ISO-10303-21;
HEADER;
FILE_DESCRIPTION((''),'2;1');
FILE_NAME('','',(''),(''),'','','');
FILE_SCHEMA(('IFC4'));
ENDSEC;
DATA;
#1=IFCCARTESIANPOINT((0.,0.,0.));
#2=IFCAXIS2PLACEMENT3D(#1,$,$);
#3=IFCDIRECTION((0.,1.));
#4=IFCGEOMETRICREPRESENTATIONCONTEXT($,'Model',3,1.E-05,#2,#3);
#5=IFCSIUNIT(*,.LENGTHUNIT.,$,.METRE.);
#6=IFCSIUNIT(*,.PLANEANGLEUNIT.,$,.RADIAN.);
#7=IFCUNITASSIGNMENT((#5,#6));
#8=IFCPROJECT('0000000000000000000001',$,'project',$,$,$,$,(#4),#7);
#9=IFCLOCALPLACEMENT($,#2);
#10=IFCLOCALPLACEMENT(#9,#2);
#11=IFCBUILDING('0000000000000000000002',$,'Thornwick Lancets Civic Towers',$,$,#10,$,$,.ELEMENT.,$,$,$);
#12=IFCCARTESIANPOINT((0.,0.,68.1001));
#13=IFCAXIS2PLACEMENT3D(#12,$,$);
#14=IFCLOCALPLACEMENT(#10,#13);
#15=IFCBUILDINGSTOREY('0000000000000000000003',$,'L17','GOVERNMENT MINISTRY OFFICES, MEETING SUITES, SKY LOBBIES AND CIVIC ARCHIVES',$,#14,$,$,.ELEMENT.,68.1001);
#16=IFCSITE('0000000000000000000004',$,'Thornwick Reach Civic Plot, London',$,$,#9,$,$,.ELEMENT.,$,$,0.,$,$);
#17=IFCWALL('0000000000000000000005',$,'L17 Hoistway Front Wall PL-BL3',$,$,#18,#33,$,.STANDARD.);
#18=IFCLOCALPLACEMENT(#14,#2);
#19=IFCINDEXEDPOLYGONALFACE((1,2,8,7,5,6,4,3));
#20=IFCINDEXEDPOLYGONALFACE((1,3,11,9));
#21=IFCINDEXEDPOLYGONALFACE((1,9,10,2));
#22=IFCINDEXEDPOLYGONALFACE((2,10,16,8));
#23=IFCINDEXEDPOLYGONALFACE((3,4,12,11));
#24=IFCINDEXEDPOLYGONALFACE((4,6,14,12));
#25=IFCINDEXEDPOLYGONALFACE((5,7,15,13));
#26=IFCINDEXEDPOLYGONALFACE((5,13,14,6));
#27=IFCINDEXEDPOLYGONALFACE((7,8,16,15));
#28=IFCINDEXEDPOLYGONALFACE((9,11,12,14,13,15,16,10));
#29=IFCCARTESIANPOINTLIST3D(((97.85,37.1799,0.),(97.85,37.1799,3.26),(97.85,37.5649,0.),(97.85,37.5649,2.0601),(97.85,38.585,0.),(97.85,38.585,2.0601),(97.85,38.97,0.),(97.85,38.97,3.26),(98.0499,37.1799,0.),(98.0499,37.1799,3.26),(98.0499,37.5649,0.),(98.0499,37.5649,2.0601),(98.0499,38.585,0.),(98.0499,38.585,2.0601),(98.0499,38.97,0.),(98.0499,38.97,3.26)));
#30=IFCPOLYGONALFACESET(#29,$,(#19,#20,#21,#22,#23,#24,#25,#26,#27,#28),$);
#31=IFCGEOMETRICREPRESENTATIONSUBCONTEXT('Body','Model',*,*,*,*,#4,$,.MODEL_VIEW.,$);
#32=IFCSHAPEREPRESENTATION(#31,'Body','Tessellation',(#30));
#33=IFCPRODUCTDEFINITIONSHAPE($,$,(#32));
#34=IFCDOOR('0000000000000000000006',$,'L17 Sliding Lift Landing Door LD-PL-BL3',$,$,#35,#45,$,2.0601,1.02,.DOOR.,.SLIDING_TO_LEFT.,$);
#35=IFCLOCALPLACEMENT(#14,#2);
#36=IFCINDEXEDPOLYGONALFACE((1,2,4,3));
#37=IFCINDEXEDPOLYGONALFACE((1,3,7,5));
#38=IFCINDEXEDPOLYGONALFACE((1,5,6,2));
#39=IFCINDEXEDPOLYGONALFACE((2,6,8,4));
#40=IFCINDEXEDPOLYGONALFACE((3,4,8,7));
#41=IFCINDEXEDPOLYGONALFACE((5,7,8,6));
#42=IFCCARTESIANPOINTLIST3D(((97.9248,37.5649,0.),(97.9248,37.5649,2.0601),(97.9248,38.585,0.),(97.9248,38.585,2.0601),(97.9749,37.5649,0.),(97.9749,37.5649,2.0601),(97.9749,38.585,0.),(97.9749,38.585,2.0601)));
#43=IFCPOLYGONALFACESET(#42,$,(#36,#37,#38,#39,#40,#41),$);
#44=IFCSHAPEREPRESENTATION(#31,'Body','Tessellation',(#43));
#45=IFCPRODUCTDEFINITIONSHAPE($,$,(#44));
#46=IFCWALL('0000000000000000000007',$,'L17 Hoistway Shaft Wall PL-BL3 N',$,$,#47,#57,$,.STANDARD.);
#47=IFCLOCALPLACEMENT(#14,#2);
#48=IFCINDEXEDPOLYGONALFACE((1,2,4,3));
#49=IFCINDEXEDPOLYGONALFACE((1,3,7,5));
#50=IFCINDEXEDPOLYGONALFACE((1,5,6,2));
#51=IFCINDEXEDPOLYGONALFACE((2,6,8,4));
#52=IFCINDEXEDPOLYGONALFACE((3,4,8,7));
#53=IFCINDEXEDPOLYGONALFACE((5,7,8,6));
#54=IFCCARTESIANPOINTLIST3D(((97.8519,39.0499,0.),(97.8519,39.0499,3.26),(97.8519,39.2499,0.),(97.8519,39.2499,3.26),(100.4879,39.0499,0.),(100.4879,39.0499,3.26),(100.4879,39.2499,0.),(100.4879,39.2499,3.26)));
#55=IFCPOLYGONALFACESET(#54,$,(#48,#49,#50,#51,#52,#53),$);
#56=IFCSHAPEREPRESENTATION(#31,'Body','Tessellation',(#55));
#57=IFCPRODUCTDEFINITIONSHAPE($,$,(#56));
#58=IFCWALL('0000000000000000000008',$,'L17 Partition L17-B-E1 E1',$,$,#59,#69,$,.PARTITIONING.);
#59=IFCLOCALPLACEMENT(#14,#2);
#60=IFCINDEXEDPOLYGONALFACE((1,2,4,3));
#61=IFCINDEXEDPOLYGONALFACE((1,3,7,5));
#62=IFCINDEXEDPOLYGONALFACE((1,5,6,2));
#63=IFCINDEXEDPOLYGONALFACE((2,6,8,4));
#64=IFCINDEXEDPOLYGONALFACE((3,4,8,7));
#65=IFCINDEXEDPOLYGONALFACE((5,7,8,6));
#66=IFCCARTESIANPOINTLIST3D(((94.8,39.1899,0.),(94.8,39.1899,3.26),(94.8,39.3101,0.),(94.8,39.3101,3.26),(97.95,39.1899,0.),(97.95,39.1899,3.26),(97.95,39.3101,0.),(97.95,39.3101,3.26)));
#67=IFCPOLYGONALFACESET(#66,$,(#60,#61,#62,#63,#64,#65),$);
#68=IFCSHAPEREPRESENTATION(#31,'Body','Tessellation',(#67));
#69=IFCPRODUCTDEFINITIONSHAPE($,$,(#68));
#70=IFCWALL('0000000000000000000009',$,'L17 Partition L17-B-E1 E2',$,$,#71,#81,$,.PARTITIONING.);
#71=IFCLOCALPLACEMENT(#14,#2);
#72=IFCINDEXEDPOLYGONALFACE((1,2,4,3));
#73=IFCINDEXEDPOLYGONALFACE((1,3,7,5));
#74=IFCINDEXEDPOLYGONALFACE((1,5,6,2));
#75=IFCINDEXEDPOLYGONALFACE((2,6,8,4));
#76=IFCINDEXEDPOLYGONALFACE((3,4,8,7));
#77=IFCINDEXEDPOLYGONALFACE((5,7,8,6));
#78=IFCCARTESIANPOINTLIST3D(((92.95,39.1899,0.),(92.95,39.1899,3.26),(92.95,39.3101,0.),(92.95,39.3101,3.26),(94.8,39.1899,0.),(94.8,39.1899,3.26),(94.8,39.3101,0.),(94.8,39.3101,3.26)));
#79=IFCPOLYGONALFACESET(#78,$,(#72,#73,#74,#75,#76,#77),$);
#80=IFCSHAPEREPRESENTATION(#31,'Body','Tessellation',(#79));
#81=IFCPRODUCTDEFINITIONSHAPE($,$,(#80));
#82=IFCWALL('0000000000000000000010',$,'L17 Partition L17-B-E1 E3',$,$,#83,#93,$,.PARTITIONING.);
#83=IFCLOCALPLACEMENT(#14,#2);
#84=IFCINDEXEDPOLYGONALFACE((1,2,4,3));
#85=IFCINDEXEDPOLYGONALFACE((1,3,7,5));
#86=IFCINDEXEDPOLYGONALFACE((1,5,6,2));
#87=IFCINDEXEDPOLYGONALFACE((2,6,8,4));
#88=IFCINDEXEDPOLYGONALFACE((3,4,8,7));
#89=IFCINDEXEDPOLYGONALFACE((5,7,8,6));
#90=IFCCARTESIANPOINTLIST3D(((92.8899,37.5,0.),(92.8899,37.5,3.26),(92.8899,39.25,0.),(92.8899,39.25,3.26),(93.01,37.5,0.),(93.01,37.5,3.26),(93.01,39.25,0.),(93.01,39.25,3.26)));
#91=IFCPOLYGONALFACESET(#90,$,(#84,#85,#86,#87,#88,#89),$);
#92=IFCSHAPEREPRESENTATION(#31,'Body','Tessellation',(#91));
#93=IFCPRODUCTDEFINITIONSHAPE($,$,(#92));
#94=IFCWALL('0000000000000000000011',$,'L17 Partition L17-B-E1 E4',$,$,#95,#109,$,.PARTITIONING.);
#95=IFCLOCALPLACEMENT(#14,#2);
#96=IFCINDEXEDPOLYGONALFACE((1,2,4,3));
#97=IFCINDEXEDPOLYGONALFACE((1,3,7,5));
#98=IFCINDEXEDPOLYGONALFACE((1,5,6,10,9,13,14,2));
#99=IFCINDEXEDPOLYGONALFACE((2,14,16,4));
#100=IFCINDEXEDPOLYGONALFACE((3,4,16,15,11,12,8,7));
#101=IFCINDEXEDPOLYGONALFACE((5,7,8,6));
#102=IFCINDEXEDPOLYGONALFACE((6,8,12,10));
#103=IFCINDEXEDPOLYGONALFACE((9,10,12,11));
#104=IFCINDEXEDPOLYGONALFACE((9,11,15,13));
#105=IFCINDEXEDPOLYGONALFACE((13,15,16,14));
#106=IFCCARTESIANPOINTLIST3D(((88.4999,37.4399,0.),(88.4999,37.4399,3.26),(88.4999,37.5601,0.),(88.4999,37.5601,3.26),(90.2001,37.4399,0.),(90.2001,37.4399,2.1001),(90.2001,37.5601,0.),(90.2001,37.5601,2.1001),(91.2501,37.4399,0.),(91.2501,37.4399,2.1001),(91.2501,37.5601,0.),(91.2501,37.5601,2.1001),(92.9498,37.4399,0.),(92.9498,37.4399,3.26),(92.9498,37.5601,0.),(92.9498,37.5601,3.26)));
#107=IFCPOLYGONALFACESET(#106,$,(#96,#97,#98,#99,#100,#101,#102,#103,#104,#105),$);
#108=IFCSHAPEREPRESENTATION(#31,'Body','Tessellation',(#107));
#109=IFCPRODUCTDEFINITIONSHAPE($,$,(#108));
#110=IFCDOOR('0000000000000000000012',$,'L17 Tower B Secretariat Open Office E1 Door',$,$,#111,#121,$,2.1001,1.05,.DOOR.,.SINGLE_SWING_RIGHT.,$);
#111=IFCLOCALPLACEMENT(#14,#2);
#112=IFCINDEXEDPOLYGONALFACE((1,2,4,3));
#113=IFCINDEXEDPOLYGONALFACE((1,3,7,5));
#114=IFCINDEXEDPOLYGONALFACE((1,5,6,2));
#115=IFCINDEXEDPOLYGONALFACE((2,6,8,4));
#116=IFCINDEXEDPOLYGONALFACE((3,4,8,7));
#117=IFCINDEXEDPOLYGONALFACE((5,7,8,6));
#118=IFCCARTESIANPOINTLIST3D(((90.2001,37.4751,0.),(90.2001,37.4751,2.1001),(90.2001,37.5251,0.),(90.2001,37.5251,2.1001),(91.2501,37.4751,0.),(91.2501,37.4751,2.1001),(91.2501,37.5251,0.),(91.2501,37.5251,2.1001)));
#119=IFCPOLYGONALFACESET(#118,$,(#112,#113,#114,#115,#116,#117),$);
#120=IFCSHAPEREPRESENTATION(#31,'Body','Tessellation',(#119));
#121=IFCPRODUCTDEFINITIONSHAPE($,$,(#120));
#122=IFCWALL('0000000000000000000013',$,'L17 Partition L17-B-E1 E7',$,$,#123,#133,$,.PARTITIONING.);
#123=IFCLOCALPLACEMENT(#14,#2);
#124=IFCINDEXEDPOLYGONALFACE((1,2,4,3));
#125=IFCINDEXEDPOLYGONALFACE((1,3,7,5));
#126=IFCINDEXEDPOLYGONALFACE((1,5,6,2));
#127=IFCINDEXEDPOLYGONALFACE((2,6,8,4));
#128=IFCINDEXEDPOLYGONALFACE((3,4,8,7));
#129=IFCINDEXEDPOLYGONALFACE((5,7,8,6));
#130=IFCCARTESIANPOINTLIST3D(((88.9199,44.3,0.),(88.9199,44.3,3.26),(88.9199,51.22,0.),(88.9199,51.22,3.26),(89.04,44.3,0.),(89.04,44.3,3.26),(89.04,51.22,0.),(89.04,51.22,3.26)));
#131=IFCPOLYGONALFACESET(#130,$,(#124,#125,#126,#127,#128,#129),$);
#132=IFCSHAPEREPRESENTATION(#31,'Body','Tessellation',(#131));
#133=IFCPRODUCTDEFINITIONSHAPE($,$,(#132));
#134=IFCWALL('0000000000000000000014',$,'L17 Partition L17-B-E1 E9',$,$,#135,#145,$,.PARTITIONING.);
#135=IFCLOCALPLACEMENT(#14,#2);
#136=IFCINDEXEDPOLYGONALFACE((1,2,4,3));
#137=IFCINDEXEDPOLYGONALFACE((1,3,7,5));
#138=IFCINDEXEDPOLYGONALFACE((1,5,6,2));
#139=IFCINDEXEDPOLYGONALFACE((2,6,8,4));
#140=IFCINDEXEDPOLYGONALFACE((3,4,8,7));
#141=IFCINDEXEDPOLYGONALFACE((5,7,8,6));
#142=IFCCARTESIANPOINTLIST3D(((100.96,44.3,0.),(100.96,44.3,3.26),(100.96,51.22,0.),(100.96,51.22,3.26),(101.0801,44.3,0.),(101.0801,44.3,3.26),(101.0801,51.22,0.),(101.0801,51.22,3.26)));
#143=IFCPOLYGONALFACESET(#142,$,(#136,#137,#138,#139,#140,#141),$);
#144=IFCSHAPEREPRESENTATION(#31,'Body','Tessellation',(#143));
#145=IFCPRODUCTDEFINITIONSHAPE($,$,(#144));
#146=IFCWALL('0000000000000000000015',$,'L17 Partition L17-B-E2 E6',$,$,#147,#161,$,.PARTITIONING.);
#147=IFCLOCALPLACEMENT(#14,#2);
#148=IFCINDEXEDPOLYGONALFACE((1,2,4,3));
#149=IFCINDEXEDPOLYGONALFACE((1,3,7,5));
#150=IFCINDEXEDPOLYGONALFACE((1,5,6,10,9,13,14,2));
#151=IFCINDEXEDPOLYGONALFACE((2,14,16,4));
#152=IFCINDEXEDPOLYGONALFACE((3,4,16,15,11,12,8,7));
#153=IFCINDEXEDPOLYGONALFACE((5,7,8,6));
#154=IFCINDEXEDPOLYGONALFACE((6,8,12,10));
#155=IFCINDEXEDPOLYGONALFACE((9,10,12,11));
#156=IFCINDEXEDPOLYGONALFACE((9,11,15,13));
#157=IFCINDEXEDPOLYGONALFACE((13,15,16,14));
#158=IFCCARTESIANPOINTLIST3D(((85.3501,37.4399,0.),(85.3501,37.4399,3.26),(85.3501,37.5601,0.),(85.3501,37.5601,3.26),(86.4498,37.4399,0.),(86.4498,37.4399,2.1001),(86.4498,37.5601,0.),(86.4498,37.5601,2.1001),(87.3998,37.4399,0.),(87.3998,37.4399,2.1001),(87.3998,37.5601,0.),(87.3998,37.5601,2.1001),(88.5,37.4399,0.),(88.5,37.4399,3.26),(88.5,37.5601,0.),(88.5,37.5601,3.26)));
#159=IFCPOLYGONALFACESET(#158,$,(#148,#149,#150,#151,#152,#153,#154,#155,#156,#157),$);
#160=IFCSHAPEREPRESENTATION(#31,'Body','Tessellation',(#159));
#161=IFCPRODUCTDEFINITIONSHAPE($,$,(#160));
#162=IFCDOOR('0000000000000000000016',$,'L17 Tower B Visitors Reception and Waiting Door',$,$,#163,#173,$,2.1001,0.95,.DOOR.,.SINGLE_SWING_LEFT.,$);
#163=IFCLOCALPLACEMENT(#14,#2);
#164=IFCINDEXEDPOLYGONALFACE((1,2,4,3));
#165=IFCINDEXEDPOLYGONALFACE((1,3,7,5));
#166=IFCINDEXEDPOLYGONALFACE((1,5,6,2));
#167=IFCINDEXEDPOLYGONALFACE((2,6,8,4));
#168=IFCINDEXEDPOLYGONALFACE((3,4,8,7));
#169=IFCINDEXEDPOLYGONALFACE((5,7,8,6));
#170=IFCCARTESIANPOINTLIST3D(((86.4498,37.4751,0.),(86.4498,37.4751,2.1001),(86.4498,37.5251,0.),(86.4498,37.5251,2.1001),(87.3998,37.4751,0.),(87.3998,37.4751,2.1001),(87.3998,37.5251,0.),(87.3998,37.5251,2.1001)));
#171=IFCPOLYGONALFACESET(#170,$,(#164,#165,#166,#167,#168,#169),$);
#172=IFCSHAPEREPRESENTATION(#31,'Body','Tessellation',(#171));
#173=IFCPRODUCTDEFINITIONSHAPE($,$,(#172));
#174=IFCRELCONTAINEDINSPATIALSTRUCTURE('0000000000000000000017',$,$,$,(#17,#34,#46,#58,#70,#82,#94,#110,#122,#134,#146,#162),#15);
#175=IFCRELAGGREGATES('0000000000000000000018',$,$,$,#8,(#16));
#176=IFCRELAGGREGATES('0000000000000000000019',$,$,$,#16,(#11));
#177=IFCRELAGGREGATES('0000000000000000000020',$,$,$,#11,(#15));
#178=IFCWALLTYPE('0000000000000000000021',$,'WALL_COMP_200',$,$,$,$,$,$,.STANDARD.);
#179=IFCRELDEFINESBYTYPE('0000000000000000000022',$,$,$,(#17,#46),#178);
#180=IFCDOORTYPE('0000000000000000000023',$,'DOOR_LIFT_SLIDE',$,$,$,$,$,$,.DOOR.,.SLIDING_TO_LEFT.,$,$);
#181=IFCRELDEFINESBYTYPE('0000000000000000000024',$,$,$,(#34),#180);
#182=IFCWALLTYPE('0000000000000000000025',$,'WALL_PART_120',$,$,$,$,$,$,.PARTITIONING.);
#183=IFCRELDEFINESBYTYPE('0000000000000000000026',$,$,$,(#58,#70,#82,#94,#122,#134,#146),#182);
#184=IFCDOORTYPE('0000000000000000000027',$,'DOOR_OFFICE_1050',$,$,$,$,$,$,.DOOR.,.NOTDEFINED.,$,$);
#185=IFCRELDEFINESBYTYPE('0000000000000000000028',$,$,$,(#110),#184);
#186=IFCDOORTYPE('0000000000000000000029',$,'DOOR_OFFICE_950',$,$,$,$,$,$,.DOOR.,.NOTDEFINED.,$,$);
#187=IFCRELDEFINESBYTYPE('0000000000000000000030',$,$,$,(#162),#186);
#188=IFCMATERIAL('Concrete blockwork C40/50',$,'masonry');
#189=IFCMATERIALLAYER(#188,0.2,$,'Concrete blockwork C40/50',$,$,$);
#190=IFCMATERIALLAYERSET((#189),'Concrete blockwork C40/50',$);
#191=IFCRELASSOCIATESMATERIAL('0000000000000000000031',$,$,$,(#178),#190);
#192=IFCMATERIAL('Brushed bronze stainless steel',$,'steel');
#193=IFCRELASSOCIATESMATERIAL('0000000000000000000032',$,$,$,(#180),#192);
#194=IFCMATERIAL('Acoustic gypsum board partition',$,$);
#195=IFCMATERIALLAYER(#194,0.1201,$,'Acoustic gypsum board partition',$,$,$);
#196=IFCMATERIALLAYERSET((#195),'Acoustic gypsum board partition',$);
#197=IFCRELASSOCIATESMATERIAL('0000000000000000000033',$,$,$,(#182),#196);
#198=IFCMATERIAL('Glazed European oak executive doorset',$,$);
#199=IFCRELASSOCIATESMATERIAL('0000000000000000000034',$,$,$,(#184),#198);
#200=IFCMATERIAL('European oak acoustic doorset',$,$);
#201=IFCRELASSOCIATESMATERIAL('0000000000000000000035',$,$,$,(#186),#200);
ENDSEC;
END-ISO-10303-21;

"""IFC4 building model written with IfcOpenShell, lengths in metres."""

from ifc_helpers import new_model, si_unit, direction, frame, frame_2d, origin, place, context, subcontext, project, spatial, rectangle, extrude, material, layer, layer_set, type_object, element, fill, save


model = new_model("IFC4")

# Units and contexts
model_context = context("Model", 3, precision=1e-05, world=origin(), true_north=direction((0.0, 1.0)))
body_context = subcontext(model_context, "Body", "Model", "MODEL_VIEW")
ifc_project = project(units=[si_unit("LENGTHUNIT", "METRE"), si_unit("PLANEANGLEUNIT", "RADIAN")], contexts=[model_context])

# Site, building, storey
site_placement = place(None, origin())
site = spatial("IfcSite", under=ifc_project, at=site_placement, Name="Thornwick Reach Civic Plot, London", CompositionType="ELEMENT", RefElevation=0.0)
building_placement = place(site_placement, origin())
building = spatial("IfcBuilding", under=site, at=building_placement, Name="Thornwick Lancets Civic Towers", CompositionType="ELEMENT")
storey_placement = place(building_placement, frame((0.0, 0.0, 68.1001)))
storey = spatial("IfcBuildingStorey", under=building, at=storey_placement, Name="L17", Description="GOVERNMENT MINISTRY OFFICES, MEETING SUITES, SKY LOBBIES AND CIVIC ARCHIVES", CompositionType="ELEMENT", Elevation=68.1001)

# Wall, opening, door
ifc_material_1 = material(Name="Concrete blockwork C40/50", Category="masonry")
ifc_layer_1 = layer(ifc_material_1, 0.2, Name="Concrete blockwork C40/50")
ifc_layer_set_1 = layer_set([ifc_layer_1], Name="Concrete blockwork C40/50")
wall_type_1 = type_object("IfcWallType", Name="WALL_COMP_200", PredefinedType="STANDARD", material=ifc_layer_set_1)
wall_1_placement = place(storey_placement, frame((97.95, 38.97, 0.0), z_axis=(0.0, 0.0, 1.0), x_axis=(0.0, -1.0, 0.0)))
wall_1 = element("IfcWall", 1, at=wall_1_placement, inside=storey, type_object=wall_type_1, Name="L17 Hoistway Front Wall PL-BL3", PredefinedType="STANDARD", context=body_context, shape_type="SweptSolid", body=[
    extrude(rectangle(XDim=1.79, YDim=0.2, at=frame_2d((0.895, 0.0))), origin(), (0.0, 0.0, 1.0), 3.26),
])
opening_1_placement = place(wall_1_placement, frame((0.385, 0.0, 0.0)))
opening_1 = element("IfcOpeningElement", 2, at=opening_1_placement, cuts=wall_1, PredefinedType="OPENING", context=body_context, shape_type="SweptSolid", body=[
    extrude(rectangle(XDim=1.02, YDim=2.0601, at=frame_2d((0.51, 1.03))), frame((0.0, 0.1099, 0.0), z_axis=(0.0, -1.0, 0.0), x_axis=(1.0, 0.0, 0.0)), (0.0, 0.0, 1.0), 0.22),
])
ifc_material_2 = material(Name="Brushed bronze stainless steel", Category="steel")
door_type_1 = type_object("IfcDoorType", Name="DOOR_LIFT_SLIDE", OperationType="SLIDING_TO_LEFT", PredefinedType="DOOR", material=ifc_material_2)
door_1_placement = place(opening_1_placement, origin())
door_1 = element("IfcDoor", 3, at=door_1_placement, inside=storey, type_object=door_type_1, Name="L17 Sliding Lift Landing Door LD-PL-BL3", OperationType="SLIDING_TO_LEFT", OverallHeight=2.0601, OverallWidth=1.02, PredefinedType="DOOR", context=body_context, shape_type="SweptSolid", body=[
    extrude(rectangle(XDim=1.02, YDim=2.0601, at=frame_2d((0.51, 1.03))), frame((0.0, 0.0249, 0.0), z_axis=(0.0, -1.0, 0.0), x_axis=(1.0, 0.0, 0.0)), (0.0, 0.0, 1.0), 0.05),
])
fill(opening_1, door_1)

# Walls
wall_2_placement = place(storey_placement, frame((97.8521, 39.1499, 0.0), z_axis=(0.0, 0.0, 1.0), x_axis=(1.0, 0.0, 0.0)))
element("IfcWall", 4, at=wall_2_placement, inside=storey, type_object=wall_type_1, Name="L17 Hoistway Shaft Wall PL-BL3 N", PredefinedType="STANDARD", context=body_context, shape_type="SweptSolid", body=[
    extrude(rectangle(XDim=2.636, YDim=0.2, at=frame_2d((1.3179, 0.0))), origin(), (0.0, 0.0, 1.0), 3.26),
])
ifc_material_3 = material(Name="Acoustic gypsum board partition")
ifc_layer_2 = layer(ifc_material_3, 0.1201, Name="Acoustic gypsum board partition")
ifc_layer_set_2 = layer_set([ifc_layer_2], Name="Acoustic gypsum board partition")
wall_type_2 = type_object("IfcWallType", Name="WALL_PART_120", PredefinedType="PARTITIONING", material=ifc_layer_set_2)
wall_3_placement = place(storey_placement, frame((97.95, 39.25, 0.0), z_axis=(0.0, 0.0, 1.0), x_axis=(-1.0, 0.0, 0.0)))
element("IfcWall", 5, at=wall_3_placement, inside=storey, type_object=wall_type_2, Name="L17 Partition L17-B-E1 E1", PredefinedType="PARTITIONING", context=body_context, shape_type="SweptSolid", body=[
    extrude(rectangle(XDim=3.1499, YDim=0.1201, at=frame_2d((1.575, 0.0))), origin(), (0.0, 0.0, 1.0), 3.26),
])
wall_4_placement = place(storey_placement, frame((94.8, 39.25, 0.0), z_axis=(0.0, 0.0, 1.0), x_axis=(-1.0, 0.0, 0.0)))
element("IfcWall", 6, at=wall_4_placement, inside=storey, type_object=wall_type_2, Name="L17 Partition L17-B-E1 E2", PredefinedType="PARTITIONING", context=body_context, shape_type="SweptSolid", body=[
    extrude(rectangle(XDim=1.8501, YDim=0.1201, at=frame_2d((0.925, 0.0))), origin(), (0.0, 0.0, 1.0), 3.26),
])
wall_5_placement = place(storey_placement, frame((92.95, 39.25, 0.0), z_axis=(0.0, 0.0, 1.0), x_axis=(0.0, -1.0, 0.0)))
element("IfcWall", 7, at=wall_5_placement, inside=storey, type_object=wall_type_2, Name="L17 Partition L17-B-E1 E3", PredefinedType="PARTITIONING", context=body_context, shape_type="SweptSolid", body=[
    extrude(rectangle(XDim=1.75, YDim=0.1201, at=frame_2d((0.875, 0.0))), origin(), (0.0, 0.0, 1.0), 3.26),
])

# Wall, opening, door
wall_6_placement = place(storey_placement, frame((92.95, 37.5, 0.0), z_axis=(0.0, 0.0, 1.0), x_axis=(-1.0, 0.0, 0.0)))
wall_6 = element("IfcWall", 8, at=wall_6_placement, inside=storey, type_object=wall_type_2, Name="L17 Partition L17-B-E1 E4", PredefinedType="PARTITIONING", context=body_context, shape_type="SweptSolid", body=[
    extrude(rectangle(XDim=4.45, YDim=0.1201, at=frame_2d((2.2251, 0.0))), origin(), (0.0, 0.0, 1.0), 3.26),
])
opening_2_placement = place(wall_6_placement, frame((1.7, 0.0, 0.0)))
opening_2 = element("IfcOpeningElement", 9, at=opening_2_placement, cuts=wall_6, PredefinedType="OPENING", context=body_context, shape_type="SweptSolid", body=[
    extrude(rectangle(XDim=1.05, YDim=2.1001, at=frame_2d((0.5249, 1.05))), frame((0.0, 0.0701, 0.0), z_axis=(0.0, -1.0, 0.0), x_axis=(1.0, 0.0, 0.0)), (0.0, 0.0, 1.0), 0.1401),
])
ifc_material_4 = material(Name="Glazed European oak executive doorset")
door_type_2 = type_object("IfcDoorType", Name="DOOR_OFFICE_1050", OperationType="NOTDEFINED", PredefinedType="DOOR", material=ifc_material_4)
door_2_placement = place(opening_2_placement, origin())
door_2 = element("IfcDoor", 10, at=door_2_placement, inside=storey, type_object=door_type_2, Name="L17 Tower B Secretariat Open Office E1 Door", OperationType="SINGLE_SWING_RIGHT", OverallHeight=2.1001, OverallWidth=1.05, PredefinedType="DOOR", context=body_context, shape_type="SweptSolid", body=[
    extrude(rectangle(XDim=1.05, YDim=2.1001, at=frame_2d((0.5249, 1.05))), frame((0.0, 0.0249, 0.0), z_axis=(0.0, -1.0, 0.0), x_axis=(1.0, 0.0, 0.0)), (0.0, 0.0, 1.0), 0.05),
])
fill(opening_2, door_2)

# Walls
for number, where, z_axis, x_axis, name in (
    (11, (88.98, 44.3, 0.0), (0.0, 0.0, 1.0), (0.0, 1.0, 0.0), "L17 Partition L17-B-E1 E7"),
    (12, (101.02, 51.22, 0.0), (0.0, 0.0, 1.0), (0.0, -1.0, 0.0), "L17 Partition L17-B-E1 E9"),
):
    element("IfcWall", number, at=place(storey_placement, frame(where, z_axis=z_axis, x_axis=x_axis)), inside=storey, type_object=wall_type_2, Name=name, PredefinedType="PARTITIONING", context=body_context, shape_type="SweptSolid", body=[
        extrude(rectangle(XDim=6.9199, YDim=0.1201, at=frame_2d((3.46, 0.0))), origin(), (0.0, 0.0, 1.0), 3.26),
    ])

# Wall, opening, door
wall_7_placement = place(storey_placement, frame((88.5, 37.5, 0.0), z_axis=(0.0, 0.0, 1.0), x_axis=(-1.0, 0.0, 0.0)))
wall_7 = element("IfcWall", 13, at=wall_7_placement, inside=storey, type_object=wall_type_2, Name="L17 Partition L17-B-E2 E6", PredefinedType="PARTITIONING", context=body_context, shape_type="SweptSolid", body=[
    extrude(rectangle(XDim=3.1499, YDim=0.1201, at=frame_2d((1.575, 0.0))), origin(), (0.0, 0.0, 1.0), 3.26),
])
opening_3_placement = place(wall_7_placement, frame((1.1001, 0.0, 0.0)))
opening_3 = element("IfcOpeningElement", 14, at=opening_3_placement, cuts=wall_7, PredefinedType="OPENING", context=body_context, shape_type="SweptSolid", body=[
    extrude(rectangle(XDim=0.95, YDim=2.1001, at=frame_2d((0.4751, 1.05))), frame((0.0, 0.0701, 0.0), z_axis=(0.0, -1.0, 0.0), x_axis=(1.0, 0.0, 0.0)), (0.0, 0.0, 1.0), 0.1401),
])
ifc_material_5 = material(Name="European oak acoustic doorset")
door_type_3 = type_object("IfcDoorType", Name="DOOR_OFFICE_950", OperationType="NOTDEFINED", PredefinedType="DOOR", material=ifc_material_5)
door_3_placement = place(opening_3_placement, origin())
door_3 = element("IfcDoor", 15, at=door_3_placement, inside=storey, type_object=door_type_3, Name="L17 Tower B Visitors Reception and Waiting Door", OperationType="SINGLE_SWING_LEFT", OverallHeight=2.1001, OverallWidth=0.95, PredefinedType="DOOR", context=body_context, shape_type="SweptSolid", body=[
    extrude(rectangle(XDim=0.95, YDim=2.1001, at=frame_2d((0.4751, 1.05))), frame((0.0, 0.0249, 0.0), z_axis=(0.0, -1.0, 0.0), x_axis=(1.0, 0.0, 0.0)), (0.0, 0.0, 1.0), 0.05),
])
fill(opening_3, door_3)

save(model, "model.ifc")
